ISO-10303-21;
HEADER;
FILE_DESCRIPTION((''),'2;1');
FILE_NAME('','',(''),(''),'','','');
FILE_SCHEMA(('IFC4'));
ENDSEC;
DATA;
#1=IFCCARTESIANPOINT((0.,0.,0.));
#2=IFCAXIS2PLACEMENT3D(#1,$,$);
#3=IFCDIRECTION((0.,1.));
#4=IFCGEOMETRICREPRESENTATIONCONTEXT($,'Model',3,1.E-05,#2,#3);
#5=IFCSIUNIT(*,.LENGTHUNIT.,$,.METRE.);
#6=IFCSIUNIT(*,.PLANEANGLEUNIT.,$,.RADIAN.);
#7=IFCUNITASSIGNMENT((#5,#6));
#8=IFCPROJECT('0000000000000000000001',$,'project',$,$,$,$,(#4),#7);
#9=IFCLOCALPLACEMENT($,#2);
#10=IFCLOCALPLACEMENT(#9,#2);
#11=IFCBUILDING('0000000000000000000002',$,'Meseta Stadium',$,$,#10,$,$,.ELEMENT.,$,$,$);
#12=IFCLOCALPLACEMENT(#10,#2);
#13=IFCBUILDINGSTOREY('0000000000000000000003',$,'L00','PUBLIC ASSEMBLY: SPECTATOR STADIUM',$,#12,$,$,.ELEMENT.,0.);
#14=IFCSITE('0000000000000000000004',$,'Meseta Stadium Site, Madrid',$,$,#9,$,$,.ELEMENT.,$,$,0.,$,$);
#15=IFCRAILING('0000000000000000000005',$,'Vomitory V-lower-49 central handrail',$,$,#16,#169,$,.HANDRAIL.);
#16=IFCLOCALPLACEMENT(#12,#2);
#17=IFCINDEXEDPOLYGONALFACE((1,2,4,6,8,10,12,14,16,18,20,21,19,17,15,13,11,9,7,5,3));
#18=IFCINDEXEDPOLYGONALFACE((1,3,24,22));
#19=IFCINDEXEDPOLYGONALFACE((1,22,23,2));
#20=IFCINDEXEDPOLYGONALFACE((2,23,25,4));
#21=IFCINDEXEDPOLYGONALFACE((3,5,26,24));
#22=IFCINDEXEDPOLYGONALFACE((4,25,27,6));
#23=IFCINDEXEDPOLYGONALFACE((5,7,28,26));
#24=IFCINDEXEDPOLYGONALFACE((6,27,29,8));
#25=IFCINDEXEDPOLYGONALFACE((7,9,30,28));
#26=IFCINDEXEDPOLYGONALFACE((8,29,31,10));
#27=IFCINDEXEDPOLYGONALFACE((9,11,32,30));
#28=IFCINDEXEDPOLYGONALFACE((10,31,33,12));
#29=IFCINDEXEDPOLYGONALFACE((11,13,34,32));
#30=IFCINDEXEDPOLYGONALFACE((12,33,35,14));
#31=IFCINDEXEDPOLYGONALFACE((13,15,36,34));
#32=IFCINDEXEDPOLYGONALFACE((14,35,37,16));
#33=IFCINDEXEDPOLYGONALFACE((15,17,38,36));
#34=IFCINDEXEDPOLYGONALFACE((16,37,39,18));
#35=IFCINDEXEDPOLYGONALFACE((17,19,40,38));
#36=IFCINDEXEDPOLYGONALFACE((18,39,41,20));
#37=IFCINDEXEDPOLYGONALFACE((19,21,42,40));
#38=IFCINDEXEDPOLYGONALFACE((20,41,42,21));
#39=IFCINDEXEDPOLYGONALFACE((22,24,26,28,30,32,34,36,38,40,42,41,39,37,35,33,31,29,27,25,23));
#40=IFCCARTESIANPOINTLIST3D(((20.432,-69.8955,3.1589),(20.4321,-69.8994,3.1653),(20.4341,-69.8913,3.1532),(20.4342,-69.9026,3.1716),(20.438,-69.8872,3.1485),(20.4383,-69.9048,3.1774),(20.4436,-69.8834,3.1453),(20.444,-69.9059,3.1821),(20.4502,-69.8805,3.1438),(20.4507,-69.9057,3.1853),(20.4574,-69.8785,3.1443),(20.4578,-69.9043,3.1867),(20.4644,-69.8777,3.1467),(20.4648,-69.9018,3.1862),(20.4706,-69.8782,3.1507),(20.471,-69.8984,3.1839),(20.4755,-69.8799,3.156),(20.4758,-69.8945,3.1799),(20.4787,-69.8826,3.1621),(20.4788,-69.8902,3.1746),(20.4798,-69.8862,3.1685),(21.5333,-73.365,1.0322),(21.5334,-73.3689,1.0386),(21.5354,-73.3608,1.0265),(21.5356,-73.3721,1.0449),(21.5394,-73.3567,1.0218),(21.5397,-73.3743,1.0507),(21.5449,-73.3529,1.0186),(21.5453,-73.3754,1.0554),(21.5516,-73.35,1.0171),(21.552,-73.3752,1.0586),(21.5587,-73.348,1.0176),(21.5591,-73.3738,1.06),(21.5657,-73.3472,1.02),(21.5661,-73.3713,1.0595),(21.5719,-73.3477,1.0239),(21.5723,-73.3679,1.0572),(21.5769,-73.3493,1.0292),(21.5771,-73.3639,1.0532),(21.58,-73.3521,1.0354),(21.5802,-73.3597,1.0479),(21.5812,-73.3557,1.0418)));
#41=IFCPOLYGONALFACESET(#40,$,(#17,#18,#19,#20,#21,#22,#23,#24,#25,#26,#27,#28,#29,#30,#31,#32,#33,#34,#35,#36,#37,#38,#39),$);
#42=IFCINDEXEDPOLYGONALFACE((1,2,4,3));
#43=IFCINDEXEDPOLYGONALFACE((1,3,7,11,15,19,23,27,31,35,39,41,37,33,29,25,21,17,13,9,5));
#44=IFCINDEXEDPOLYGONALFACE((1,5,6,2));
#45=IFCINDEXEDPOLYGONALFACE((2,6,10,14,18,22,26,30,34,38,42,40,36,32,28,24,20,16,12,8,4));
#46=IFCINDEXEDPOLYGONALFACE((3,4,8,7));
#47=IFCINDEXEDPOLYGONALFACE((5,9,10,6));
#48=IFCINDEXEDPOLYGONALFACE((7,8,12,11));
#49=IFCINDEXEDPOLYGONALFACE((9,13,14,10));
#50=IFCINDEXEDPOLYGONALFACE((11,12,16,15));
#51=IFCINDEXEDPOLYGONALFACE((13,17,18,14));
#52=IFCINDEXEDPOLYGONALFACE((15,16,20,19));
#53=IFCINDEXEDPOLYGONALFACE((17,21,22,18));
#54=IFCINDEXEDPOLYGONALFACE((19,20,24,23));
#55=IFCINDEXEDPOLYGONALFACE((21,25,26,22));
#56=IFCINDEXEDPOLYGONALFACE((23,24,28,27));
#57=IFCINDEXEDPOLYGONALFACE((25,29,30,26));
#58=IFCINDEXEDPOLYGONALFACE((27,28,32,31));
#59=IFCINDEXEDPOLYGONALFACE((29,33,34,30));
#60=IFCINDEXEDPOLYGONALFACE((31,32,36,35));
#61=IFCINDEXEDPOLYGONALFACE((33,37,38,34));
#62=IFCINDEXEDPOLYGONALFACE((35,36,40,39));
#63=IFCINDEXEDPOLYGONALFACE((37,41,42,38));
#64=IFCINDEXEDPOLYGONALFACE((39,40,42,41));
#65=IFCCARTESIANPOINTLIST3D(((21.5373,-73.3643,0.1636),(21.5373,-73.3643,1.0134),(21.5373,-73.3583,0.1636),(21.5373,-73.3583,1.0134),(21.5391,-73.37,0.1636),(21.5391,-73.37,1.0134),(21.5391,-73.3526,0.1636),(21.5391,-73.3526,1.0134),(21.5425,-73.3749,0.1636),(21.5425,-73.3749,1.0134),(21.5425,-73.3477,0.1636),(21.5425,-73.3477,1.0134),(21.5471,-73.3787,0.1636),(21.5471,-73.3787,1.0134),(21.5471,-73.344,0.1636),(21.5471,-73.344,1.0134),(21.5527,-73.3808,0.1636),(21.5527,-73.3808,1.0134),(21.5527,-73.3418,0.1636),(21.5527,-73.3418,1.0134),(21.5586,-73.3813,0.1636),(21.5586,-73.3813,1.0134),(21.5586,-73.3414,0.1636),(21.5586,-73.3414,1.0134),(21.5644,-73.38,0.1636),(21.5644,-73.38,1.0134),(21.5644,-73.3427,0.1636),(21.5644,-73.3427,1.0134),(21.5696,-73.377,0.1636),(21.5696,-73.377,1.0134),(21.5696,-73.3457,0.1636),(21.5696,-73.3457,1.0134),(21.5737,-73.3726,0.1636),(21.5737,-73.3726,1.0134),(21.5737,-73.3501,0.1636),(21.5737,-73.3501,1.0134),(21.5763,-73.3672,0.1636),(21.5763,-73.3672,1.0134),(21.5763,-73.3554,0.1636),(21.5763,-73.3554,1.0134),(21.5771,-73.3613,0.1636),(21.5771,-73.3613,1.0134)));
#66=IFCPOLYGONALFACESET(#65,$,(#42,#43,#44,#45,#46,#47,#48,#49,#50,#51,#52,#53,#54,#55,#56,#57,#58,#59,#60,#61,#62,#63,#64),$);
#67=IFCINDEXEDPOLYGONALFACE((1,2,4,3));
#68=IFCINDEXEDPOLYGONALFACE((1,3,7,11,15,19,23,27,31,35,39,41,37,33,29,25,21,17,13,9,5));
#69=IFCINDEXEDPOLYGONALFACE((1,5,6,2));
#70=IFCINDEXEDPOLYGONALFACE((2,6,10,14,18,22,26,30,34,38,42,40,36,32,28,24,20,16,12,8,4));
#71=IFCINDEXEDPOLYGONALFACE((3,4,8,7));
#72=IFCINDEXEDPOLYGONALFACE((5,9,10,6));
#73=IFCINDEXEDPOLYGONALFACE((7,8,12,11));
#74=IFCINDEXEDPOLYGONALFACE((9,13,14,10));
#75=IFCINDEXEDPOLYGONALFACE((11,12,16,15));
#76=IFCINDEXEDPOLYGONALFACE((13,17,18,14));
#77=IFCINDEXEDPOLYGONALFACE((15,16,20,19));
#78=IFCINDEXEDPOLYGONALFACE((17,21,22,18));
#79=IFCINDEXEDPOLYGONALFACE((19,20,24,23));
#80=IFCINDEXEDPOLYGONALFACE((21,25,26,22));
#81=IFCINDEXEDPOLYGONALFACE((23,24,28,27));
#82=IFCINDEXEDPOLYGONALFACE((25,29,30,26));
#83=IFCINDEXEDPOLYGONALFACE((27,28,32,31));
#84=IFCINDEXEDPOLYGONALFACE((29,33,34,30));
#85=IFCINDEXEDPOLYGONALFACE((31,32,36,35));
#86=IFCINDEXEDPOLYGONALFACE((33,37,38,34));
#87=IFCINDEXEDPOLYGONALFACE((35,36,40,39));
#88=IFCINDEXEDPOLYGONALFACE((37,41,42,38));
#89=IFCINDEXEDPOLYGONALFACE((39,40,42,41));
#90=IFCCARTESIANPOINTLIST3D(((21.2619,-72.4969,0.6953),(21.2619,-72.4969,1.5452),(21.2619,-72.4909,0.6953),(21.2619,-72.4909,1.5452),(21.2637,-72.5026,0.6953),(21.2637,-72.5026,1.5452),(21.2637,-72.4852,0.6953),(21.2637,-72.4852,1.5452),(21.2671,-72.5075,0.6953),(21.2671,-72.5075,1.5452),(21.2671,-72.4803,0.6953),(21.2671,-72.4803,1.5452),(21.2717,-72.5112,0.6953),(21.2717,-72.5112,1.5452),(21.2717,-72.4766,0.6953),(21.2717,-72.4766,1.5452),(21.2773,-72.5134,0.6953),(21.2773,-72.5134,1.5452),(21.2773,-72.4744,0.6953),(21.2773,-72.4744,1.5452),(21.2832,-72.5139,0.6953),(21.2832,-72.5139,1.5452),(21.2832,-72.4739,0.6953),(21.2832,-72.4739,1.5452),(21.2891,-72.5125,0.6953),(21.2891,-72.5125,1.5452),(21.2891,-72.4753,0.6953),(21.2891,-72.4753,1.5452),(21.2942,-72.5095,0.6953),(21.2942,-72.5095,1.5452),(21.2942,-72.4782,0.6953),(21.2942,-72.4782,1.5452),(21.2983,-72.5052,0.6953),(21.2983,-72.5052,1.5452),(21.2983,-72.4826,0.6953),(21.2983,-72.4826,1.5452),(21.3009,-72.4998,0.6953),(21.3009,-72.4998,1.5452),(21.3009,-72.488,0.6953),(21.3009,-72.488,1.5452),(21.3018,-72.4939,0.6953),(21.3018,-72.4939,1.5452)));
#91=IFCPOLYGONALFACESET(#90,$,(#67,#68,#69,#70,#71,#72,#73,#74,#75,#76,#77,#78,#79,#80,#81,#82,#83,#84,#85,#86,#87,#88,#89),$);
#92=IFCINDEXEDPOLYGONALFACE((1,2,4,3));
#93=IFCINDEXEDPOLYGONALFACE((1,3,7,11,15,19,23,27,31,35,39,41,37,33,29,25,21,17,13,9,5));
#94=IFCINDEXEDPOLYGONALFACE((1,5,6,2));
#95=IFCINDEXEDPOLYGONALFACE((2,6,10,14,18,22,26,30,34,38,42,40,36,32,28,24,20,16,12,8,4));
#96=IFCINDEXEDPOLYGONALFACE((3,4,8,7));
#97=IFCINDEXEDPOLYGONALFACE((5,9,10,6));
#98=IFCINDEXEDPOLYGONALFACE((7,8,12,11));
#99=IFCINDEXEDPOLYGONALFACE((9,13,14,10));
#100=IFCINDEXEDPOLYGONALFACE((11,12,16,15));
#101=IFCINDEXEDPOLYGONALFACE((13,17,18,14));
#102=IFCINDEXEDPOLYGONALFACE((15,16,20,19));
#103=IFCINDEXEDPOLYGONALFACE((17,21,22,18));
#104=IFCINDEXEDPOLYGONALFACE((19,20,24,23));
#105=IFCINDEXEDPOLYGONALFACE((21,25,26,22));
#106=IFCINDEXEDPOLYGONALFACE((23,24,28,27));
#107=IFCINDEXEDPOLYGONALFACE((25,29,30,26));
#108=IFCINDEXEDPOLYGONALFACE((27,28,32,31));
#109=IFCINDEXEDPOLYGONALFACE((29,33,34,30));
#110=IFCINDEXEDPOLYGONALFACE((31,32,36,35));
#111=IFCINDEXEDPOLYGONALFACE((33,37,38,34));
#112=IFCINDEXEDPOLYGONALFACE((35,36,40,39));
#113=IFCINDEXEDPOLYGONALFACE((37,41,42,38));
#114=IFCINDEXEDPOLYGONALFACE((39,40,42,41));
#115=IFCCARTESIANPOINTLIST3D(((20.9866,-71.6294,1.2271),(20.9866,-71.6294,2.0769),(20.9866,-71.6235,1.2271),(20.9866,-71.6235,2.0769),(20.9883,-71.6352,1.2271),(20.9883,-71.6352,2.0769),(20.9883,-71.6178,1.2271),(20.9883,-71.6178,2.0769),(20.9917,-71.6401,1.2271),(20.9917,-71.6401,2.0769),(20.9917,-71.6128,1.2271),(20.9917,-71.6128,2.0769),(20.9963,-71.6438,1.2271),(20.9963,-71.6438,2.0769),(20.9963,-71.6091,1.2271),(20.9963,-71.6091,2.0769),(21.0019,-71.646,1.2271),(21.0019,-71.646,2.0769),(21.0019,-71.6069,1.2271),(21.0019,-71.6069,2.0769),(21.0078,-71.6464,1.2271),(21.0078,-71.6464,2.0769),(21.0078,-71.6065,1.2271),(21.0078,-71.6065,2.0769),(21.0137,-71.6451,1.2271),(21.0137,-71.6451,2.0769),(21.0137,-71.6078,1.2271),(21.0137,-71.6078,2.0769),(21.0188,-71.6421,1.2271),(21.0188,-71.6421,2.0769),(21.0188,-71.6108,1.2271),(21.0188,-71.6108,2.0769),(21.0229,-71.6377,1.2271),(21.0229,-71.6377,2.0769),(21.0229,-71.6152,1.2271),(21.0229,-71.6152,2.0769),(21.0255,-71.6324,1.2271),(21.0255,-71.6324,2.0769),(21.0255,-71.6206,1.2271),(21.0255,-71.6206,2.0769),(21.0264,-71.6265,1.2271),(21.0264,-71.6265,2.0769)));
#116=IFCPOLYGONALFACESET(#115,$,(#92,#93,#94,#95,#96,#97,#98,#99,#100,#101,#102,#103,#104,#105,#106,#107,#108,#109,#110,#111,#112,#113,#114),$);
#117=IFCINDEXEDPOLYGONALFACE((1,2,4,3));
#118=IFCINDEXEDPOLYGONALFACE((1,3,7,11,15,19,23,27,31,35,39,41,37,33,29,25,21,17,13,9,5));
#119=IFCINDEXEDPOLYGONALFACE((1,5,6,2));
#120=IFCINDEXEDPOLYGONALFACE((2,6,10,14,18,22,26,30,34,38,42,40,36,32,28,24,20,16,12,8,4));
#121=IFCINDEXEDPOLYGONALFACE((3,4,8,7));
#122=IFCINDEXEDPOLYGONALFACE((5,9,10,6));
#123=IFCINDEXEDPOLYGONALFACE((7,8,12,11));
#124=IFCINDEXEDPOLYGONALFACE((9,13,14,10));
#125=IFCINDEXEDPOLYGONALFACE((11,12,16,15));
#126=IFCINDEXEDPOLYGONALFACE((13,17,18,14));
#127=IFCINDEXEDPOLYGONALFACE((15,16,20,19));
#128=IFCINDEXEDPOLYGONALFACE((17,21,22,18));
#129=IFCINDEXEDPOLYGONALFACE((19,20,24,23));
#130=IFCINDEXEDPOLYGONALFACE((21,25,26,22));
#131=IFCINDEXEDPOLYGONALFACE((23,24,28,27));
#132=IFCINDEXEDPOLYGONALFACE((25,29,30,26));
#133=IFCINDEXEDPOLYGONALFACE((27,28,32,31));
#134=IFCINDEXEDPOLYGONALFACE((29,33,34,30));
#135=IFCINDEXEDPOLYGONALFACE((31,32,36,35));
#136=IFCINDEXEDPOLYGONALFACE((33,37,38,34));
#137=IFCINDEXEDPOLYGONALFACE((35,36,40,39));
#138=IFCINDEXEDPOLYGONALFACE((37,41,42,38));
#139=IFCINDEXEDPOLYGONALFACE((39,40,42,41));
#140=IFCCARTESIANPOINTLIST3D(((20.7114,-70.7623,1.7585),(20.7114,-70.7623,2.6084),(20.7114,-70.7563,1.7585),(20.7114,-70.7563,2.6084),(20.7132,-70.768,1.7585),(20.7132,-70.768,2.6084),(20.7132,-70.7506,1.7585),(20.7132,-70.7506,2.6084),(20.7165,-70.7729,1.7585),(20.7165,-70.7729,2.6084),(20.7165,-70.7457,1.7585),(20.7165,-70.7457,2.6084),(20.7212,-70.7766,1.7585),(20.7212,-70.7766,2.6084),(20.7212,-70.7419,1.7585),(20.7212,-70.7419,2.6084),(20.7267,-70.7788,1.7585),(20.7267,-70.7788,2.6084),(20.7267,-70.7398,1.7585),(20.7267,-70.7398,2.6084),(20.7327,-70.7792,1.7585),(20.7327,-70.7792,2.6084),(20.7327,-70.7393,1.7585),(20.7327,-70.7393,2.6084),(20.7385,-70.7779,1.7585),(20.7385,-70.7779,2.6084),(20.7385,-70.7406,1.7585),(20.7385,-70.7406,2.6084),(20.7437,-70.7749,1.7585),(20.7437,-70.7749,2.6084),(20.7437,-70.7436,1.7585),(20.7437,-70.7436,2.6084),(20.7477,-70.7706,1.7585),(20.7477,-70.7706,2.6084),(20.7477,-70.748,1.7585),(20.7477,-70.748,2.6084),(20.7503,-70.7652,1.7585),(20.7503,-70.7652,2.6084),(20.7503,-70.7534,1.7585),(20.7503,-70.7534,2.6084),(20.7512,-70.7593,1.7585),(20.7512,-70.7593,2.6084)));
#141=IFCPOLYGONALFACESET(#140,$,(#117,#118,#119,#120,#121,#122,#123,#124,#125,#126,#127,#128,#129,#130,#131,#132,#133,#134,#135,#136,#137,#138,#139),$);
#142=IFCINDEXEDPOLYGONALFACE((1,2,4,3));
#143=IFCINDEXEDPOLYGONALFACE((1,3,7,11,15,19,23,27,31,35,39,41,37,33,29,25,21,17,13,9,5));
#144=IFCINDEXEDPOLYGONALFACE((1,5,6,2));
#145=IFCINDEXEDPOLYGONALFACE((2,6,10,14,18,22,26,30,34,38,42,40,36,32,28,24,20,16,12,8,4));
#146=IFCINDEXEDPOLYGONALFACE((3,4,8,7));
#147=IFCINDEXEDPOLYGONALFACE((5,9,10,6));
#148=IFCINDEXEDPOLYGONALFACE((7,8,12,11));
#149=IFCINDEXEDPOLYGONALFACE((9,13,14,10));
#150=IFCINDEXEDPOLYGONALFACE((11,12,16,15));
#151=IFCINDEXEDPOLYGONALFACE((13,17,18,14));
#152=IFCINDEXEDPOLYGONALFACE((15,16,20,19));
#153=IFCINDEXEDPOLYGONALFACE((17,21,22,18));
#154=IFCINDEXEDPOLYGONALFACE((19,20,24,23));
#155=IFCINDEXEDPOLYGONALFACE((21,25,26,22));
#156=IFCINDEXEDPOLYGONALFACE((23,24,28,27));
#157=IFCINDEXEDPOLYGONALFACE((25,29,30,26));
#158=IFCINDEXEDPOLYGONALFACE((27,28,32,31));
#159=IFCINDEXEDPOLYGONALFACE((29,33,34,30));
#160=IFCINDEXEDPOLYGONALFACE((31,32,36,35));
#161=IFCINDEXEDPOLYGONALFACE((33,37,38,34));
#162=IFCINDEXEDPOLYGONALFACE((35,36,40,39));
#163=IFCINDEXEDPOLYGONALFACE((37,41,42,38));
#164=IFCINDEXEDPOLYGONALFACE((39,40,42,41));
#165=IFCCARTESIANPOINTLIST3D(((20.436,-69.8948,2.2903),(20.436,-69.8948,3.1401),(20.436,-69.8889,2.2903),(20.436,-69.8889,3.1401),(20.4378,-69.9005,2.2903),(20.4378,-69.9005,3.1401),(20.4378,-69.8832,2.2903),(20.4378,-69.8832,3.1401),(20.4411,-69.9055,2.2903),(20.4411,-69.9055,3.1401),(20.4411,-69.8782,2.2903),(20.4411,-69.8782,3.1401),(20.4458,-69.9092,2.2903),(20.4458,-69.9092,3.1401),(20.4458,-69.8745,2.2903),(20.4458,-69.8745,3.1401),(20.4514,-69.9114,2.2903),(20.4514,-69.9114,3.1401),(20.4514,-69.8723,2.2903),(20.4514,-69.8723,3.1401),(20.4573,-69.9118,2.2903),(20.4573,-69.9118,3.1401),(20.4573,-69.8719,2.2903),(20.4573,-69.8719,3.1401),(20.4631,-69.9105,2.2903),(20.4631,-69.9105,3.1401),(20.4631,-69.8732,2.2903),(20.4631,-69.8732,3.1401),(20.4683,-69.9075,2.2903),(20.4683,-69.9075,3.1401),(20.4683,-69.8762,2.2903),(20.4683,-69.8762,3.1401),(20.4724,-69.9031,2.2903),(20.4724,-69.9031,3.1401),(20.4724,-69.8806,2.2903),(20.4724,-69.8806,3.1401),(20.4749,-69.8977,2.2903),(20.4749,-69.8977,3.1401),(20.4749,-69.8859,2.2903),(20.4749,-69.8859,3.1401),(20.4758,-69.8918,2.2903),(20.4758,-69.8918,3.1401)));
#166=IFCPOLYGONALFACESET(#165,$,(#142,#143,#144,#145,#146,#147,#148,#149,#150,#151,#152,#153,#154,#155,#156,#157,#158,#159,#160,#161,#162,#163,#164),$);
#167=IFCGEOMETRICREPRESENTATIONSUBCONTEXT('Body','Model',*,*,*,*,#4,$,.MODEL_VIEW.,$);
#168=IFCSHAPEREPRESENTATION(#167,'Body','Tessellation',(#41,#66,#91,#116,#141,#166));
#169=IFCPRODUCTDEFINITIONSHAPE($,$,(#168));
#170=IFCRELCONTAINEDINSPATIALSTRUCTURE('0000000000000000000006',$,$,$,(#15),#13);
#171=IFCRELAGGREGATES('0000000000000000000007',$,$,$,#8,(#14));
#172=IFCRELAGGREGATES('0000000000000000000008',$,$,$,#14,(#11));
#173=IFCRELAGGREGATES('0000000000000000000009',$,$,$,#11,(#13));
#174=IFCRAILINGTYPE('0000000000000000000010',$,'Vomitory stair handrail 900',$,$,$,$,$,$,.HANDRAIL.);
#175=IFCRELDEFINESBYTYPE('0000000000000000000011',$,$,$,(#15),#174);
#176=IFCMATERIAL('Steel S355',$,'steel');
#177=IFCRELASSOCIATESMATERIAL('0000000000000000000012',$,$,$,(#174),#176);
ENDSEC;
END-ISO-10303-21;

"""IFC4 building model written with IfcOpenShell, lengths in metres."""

from ifc_helpers import new_model, si_unit, direction, frame, origin, origin_2d, place, context, subcontext, project, spatial, circle, extrude, material, type_object, element, save


model = new_model("IFC4")

# Units and contexts
model_context = context("Model", 3, precision=1e-05, world=origin(), true_north=direction((0.0, 1.0)))
body_context = subcontext(model_context, "Body", "Model", "MODEL_VIEW")
ifc_project = project(units=[si_unit("LENGTHUNIT", "METRE"), si_unit("PLANEANGLEUNIT", "RADIAN")], contexts=[model_context])

# Site, building, storey
site_placement = place(None, origin())
site = spatial("IfcSite", under=ifc_project, at=site_placement, Name="Meseta Stadium Site, Madrid", CompositionType="ELEMENT", RefElevation=0.0)
building_placement = place(site_placement, origin())
building = spatial("IfcBuilding", under=site, at=building_placement, Name="Meseta Stadium", CompositionType="ELEMENT")
storey_placement = place(building_placement, origin())
storey = spatial("IfcBuildingStorey", under=building, at=storey_placement, Name="L00", Description="PUBLIC ASSEMBLY: SPECTATOR STADIUM", CompositionType="ELEMENT", Elevation=0.0)

# Railing
ifc_material_1 = material(Name="Steel S355", Category="steel")
railing_type_1 = type_object("IfcRailingType", Name="Vomitory stair handrail 900", PredefinedType="HANDRAIL", material=ifc_material_1)
railing_1_placement = place(storey_placement, frame((21.5571, -73.3613, 0.1636)))
element("IfcRailing", 1, at=railing_1_placement, inside=storey, type_object=railing_type_1, Name="Vomitory V-lower-49 central handrail", PredefinedType="HANDRAIL", context=body_context, shape_type="SweptSolid", body=[
    extrude(circle(Radius=0.0249, at=origin_2d()), frame((0.0, 0.0, 0.875), z_axis=(-0.261235, 0.822968, 0.50446), x_axis=(-0.953133, -0.302553, 0.0)), (0.0, 0.0, 1.0), 4.2158),
    extrude(circle(Radius=0.02, at=origin_2d()), origin(), (0.0, 0.0, 1.0), 0.8499),
    extrude(circle(Radius=0.02, at=origin_2d()), frame((-0.2754, 0.8674, 0.5317)), (0.0, 0.0, 1.0), 0.8499),
    extrude(circle(Radius=0.02, at=origin_2d()), frame((-0.5508, 1.7349, 1.0635)), (0.0, 0.0, 1.0), 0.8499),
    extrude(circle(Radius=0.02, at=origin_2d()), frame((-0.8259, 2.6021, 1.595)), (0.0, 0.0, 1.0), 0.8499),
    extrude(circle(Radius=0.02, at=origin_2d()), frame((-1.1013, 3.4695, 2.1267)), (0.0, 0.0, 1.0), 0.8499),
])

save(model, "model.ifc")
